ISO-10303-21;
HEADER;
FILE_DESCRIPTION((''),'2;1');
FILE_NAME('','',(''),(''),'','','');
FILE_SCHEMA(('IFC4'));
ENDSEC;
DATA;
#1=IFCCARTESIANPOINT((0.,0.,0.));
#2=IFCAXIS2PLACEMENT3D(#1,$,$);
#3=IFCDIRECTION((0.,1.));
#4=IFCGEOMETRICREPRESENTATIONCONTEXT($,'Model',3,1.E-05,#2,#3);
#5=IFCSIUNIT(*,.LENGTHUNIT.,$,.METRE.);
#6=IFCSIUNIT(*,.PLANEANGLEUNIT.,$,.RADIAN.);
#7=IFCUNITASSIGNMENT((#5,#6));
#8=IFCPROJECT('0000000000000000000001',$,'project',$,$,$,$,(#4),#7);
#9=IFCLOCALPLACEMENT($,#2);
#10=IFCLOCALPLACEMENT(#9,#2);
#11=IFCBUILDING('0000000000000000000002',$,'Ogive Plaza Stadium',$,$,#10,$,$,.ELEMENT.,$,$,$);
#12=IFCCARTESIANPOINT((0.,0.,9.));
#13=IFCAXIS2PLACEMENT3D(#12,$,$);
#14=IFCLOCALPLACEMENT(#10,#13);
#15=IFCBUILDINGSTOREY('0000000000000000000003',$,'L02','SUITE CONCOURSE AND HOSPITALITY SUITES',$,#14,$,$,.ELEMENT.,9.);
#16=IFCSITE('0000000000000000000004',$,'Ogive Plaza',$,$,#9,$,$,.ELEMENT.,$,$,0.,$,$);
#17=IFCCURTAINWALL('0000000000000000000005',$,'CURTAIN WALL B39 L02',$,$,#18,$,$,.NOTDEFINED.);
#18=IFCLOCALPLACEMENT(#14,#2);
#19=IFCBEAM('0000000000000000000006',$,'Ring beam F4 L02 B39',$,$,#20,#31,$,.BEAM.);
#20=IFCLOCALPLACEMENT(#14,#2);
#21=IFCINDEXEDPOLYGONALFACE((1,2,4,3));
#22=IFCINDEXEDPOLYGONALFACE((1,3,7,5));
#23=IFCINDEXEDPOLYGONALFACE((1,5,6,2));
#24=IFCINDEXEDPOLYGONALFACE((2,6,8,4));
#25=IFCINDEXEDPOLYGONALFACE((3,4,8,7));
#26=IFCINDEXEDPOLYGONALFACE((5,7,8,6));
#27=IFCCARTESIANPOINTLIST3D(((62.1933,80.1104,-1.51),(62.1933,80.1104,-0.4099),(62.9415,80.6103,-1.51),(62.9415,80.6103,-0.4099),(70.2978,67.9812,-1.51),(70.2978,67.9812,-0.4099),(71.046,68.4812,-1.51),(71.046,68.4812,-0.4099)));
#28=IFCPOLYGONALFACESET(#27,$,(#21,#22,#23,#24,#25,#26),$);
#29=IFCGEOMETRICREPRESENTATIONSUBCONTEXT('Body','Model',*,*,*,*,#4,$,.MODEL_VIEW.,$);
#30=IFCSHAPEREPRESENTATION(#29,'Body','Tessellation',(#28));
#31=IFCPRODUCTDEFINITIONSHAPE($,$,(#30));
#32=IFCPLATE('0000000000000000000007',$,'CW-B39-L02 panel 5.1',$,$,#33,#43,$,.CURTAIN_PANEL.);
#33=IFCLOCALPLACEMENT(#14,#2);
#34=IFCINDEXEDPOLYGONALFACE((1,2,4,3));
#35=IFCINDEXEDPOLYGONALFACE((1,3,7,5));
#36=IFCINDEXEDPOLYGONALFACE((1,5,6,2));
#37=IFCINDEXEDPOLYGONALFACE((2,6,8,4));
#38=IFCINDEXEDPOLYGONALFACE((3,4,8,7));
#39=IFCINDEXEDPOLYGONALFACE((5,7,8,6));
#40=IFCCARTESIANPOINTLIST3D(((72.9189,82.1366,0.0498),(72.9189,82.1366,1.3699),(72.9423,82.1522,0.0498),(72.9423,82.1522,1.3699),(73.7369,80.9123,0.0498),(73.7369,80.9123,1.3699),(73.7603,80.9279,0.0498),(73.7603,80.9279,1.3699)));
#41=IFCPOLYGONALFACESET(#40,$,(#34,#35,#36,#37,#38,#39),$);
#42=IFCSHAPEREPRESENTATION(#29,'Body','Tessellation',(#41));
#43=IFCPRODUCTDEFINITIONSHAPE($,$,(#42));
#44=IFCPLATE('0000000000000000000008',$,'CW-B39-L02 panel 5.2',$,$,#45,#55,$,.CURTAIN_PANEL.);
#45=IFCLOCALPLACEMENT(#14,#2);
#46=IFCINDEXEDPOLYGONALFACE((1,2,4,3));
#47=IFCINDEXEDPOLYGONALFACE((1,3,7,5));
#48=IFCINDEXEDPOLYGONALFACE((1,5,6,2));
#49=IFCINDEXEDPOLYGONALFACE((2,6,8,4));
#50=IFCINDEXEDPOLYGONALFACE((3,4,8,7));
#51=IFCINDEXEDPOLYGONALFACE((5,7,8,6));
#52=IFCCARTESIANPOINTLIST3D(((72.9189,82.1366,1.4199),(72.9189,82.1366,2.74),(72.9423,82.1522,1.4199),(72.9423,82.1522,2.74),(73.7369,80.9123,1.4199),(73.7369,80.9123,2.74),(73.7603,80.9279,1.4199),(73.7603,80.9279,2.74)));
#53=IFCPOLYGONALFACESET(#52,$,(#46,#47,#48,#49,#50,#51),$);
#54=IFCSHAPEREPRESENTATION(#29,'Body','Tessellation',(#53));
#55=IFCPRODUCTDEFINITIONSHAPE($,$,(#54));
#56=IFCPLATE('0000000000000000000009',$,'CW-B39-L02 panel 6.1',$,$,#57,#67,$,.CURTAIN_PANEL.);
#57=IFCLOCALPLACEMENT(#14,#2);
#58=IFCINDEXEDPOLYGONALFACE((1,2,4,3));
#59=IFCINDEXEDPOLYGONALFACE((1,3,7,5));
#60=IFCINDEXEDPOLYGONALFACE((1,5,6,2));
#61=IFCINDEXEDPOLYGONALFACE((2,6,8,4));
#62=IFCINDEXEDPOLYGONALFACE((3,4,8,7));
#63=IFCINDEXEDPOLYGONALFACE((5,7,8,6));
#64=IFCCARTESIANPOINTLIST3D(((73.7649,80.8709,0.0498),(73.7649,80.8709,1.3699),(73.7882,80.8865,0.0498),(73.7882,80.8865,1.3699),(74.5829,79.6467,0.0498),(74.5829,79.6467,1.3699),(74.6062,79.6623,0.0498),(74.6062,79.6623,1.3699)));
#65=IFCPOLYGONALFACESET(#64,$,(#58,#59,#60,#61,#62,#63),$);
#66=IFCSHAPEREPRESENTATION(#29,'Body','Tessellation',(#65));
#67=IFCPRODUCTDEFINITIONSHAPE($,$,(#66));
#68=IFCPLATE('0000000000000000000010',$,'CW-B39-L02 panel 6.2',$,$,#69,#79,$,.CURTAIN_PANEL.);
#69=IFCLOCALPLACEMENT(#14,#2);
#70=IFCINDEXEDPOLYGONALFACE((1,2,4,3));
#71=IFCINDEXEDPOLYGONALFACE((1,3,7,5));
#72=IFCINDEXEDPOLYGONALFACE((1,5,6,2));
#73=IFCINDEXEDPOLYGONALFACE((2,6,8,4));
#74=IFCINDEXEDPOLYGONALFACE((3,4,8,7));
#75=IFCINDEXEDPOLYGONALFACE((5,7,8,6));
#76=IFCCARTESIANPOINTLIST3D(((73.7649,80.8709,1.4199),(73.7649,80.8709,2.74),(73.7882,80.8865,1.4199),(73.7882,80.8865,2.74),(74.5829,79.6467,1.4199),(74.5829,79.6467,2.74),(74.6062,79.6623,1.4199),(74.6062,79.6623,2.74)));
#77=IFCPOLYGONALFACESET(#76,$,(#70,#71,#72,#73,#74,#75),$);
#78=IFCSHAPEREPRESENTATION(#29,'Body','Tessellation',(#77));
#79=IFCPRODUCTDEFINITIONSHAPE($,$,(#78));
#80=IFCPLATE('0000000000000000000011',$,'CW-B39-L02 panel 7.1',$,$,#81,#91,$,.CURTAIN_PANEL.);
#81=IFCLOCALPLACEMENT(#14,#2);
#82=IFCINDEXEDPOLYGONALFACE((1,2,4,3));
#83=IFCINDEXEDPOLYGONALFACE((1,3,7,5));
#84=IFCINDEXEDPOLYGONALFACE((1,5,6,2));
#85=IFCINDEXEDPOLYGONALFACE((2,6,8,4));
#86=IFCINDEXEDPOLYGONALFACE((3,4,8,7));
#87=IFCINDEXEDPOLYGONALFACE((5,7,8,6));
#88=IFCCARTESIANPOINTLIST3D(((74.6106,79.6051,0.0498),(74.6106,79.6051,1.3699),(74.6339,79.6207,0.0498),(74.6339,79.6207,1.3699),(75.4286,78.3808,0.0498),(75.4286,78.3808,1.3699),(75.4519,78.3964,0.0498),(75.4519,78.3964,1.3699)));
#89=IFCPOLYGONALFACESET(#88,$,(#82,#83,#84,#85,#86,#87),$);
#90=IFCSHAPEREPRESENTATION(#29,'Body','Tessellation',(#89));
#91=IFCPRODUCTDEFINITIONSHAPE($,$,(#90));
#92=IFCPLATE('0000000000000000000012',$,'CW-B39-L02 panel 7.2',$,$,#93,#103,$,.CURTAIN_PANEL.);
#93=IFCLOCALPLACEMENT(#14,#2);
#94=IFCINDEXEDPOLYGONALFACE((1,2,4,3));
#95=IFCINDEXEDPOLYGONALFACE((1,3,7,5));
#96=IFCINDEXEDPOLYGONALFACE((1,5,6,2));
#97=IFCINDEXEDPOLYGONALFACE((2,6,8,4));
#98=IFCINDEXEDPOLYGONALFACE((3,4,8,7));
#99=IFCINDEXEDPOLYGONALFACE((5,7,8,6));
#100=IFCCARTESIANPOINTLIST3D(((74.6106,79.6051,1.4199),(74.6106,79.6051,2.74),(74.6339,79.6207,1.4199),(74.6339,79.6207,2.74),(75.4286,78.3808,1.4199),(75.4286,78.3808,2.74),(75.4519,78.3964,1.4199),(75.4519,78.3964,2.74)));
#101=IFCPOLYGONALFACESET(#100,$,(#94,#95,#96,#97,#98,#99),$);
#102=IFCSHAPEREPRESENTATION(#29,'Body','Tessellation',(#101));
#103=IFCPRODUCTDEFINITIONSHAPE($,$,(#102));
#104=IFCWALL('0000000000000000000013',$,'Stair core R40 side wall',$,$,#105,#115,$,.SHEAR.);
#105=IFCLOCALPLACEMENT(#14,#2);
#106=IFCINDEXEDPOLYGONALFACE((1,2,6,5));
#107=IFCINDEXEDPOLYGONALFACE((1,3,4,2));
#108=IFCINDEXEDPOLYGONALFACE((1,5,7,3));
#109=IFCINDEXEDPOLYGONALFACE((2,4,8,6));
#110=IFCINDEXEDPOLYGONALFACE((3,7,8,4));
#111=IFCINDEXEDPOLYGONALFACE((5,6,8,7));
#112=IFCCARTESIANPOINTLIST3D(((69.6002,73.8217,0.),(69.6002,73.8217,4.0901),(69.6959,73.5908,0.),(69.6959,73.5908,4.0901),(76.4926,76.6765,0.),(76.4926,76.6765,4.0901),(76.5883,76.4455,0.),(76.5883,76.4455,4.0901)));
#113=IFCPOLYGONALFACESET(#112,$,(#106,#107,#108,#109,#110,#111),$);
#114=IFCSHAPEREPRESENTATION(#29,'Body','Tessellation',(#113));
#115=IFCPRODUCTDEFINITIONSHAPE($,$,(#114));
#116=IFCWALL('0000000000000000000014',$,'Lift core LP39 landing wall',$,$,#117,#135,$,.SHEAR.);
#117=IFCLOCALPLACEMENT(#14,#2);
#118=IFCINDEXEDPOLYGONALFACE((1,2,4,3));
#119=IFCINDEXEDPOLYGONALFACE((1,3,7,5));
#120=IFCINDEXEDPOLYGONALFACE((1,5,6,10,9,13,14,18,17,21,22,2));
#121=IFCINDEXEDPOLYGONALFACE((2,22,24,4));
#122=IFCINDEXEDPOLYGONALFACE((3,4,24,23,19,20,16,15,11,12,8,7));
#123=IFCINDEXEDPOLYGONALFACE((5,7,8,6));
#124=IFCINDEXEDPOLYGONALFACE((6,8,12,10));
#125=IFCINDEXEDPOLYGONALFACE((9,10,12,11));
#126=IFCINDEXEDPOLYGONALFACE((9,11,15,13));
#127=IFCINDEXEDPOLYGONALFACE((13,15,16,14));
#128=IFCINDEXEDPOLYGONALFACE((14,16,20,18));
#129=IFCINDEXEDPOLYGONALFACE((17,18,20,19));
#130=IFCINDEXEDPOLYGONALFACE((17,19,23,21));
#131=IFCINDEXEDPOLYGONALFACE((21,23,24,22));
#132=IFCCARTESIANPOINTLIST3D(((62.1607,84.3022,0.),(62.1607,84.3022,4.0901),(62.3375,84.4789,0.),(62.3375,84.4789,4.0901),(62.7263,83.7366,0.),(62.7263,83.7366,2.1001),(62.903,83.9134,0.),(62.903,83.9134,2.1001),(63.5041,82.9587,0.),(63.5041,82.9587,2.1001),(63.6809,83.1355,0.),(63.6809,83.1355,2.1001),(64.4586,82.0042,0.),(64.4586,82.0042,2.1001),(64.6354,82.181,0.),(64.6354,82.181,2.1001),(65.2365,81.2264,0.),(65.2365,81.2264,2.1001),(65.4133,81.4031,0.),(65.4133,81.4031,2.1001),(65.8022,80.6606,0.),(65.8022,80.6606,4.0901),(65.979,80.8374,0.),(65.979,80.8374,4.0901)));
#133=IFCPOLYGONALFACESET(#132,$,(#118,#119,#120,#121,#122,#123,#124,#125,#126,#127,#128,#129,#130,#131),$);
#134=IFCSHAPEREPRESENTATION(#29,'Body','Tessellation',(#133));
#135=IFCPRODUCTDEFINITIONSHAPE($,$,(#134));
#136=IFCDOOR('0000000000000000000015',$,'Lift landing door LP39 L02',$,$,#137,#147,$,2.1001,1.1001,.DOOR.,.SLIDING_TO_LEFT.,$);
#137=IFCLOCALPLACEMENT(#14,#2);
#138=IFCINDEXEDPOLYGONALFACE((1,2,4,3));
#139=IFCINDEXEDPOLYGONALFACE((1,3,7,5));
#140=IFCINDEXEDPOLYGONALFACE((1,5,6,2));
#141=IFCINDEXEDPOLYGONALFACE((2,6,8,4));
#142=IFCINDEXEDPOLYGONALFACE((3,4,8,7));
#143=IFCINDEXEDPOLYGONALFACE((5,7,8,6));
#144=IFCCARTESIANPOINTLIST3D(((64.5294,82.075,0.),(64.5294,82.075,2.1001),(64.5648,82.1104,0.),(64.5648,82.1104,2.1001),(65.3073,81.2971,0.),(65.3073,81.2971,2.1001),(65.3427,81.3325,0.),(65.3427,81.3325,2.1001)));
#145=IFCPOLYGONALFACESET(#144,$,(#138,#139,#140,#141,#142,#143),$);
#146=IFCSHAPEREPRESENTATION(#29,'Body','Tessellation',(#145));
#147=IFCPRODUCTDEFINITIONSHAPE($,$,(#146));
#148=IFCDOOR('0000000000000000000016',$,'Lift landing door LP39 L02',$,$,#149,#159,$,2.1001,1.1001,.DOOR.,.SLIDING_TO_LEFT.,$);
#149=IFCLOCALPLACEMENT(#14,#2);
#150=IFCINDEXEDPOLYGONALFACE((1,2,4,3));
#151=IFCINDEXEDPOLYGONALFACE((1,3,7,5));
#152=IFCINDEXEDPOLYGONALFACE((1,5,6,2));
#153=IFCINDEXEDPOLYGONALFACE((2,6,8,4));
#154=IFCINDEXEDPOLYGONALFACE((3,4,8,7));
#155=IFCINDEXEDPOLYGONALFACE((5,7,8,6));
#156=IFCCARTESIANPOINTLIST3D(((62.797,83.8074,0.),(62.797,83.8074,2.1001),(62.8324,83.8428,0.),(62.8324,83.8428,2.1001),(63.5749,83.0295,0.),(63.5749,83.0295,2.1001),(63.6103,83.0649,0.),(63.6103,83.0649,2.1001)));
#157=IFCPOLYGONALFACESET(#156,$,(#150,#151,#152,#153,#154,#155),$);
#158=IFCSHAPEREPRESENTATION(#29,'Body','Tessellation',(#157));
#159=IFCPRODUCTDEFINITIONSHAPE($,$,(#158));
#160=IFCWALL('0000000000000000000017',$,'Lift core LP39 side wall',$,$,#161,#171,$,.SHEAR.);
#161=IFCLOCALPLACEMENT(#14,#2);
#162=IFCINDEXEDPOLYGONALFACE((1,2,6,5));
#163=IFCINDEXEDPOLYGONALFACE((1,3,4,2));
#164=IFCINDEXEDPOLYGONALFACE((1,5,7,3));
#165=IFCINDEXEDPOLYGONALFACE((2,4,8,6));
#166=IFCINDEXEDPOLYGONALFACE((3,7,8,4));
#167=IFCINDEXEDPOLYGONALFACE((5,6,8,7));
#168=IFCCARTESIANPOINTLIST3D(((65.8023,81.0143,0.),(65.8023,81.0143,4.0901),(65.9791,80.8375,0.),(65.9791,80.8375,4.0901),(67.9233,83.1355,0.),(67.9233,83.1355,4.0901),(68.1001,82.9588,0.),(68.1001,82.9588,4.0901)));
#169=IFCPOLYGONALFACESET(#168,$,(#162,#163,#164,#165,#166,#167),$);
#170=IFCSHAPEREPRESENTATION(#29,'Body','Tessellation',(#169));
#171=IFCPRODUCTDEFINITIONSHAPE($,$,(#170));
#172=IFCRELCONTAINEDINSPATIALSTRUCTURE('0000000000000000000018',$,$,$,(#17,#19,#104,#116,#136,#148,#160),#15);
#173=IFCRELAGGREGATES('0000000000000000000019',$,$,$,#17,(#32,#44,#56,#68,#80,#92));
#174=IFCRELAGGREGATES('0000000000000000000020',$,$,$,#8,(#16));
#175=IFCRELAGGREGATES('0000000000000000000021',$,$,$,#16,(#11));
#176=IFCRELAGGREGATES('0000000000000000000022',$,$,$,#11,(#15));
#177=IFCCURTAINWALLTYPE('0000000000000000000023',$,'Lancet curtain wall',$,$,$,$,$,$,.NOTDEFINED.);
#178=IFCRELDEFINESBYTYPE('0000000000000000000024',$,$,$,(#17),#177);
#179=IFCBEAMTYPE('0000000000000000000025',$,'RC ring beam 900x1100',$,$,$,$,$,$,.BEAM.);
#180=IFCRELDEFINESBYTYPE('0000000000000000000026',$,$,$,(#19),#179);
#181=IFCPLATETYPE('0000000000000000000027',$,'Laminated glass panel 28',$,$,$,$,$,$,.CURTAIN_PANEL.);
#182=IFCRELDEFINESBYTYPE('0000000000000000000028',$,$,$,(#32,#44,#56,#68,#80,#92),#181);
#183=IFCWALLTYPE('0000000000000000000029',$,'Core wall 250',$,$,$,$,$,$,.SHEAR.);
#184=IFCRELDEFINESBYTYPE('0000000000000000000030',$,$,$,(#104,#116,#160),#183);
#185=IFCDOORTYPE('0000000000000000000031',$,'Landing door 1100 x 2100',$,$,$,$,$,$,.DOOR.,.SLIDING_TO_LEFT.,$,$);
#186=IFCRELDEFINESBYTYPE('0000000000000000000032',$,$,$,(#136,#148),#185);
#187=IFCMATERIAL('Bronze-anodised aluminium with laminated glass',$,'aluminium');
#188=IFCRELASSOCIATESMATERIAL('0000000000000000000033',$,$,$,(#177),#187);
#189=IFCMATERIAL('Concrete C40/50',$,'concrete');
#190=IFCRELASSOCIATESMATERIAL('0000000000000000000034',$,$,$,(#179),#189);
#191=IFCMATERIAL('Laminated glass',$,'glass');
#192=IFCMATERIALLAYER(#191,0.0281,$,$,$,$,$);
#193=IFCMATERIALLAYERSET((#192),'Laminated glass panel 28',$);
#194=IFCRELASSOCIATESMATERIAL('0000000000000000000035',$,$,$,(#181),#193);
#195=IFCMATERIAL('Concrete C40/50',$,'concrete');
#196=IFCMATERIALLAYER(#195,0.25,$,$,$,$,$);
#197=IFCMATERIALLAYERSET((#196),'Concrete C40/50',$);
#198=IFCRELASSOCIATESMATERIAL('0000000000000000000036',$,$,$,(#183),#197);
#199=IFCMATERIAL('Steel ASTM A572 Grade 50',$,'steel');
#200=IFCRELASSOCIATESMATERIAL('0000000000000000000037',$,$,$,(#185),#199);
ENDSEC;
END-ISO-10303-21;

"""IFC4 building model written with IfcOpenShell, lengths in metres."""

from ifc_helpers import new_model, si_unit, direction, frame, frame_2d, origin, origin_2d, place, context, subcontext, project, spatial, rectangle, extrude, material, layer, layer_set, material_profile, profile_set, type_object, element, fill, aggregate, save


model = new_model("IFC4")

# Units and contexts
model_context = context("Model", 3, precision=1e-05, world=origin(), true_north=direction((0.0, 1.0)))
body_context = subcontext(model_context, "Body", "Model", "MODEL_VIEW")
ifc_project = project(units=[si_unit("LENGTHUNIT", "METRE"), si_unit("PLANEANGLEUNIT", "RADIAN")], contexts=[model_context])

# Site, building, storey
site_placement = place(None, origin())
site = spatial("IfcSite", under=ifc_project, at=site_placement, Name="Ogive Plaza", CompositionType="ELEMENT", RefElevation=0.0)
building_placement = place(site_placement, origin())
building = spatial("IfcBuilding", under=site, at=building_placement, Name="Ogive Plaza Stadium", CompositionType="ELEMENT")
storey_placement = place(building_placement, frame((0.0, 0.0, 9.0)))
storey = spatial("IfcBuildingStorey", under=building, at=storey_placement, Name="L02", Description="SUITE CONCOURSE AND HOSPITALITY SUITES", CompositionType="ELEMENT", Elevation=9.0)

# Curtain wall
ifc_material_1 = material(Name="Bronze-anodised aluminium with laminated glass", Category="aluminium")
curtain_wall_type = type_object("IfcCurtainWallType", Name="Lancet curtain wall", PredefinedType="NOTDEFINED", material=ifc_material_1)
curtain_wall_placement = place(storey_placement, origin())
curtain_wall = element("IfcCurtainWall", 1, at=curtain_wall_placement, inside=storey, type_object=curtain_wall_type, Name="CURTAIN WALL B39 L02", PredefinedType="NOTDEFINED")

# Beam
ifc_material_2 = material(Name="Concrete C40/50", Category="concrete")
ifc_material_profile_1 = material_profile(ifc_material_2, rectangle(XDim=0.8999, YDim=1.1001, at=origin_2d()), Name="RC 900x1100")
ifc_profile_set_1 = profile_set([ifc_material_profile_1], Name="Concrete C40/50")
beam_type = type_object("IfcBeamType", Name="RC ring beam 900x1100", PredefinedType="BEAM", material=ifc_profile_set_1)
beam_placement = place(storey_placement, frame((62.5674, 80.3604, -0.96), z_axis=(0.555573, -0.831468, 0.0), x_axis=(0.831468, 0.555573, 0.0)))
element("IfcBeam", 2, at=beam_placement, inside=storey, type_object=beam_type, Name="Ring beam F4 L02 B39", PredefinedType="BEAM", context=body_context, shape_type="SweptSolid", body=[
    extrude(rectangle(XDim=0.8999, YDim=1.1001, at=origin_2d()), origin(), (0.0, 0.0, 1.0), 14.5876),
])

# Plates
ifc_material_3 = material(Name="Laminated glass", Category="glass")
ifc_layer_1 = layer(ifc_material_3, 0.0281)
ifc_layer_set_1 = layer_set([ifc_layer_1], Name="Laminated glass panel 28")
plate_type = type_object("IfcPlateType", Name="Laminated glass panel 28", PredefinedType="CURTAIN_PANEL", material=ifc_layer_set_1)
plate_1_placement = place(storey_placement, frame((73.3396, 81.5322, 0.0498), z_axis=(0.0, 0.0, 1.0), x_axis=(0.55557, -0.83147, 0.0)))
plate_1 = element("IfcPlate", 3, at=plate_1_placement, type_object=plate_type, Name="CW-B39-L02 panel 5.1", PredefinedType="CURTAIN_PANEL", context=body_context, shape_type="SweptSolid", body=[
    extrude(rectangle(XDim=1.4724, YDim=0.0281, at=origin_2d()), origin(), (0.0, 0.0, 1.0), 1.3201),
])
plate_2_placement = place(storey_placement, frame((73.3396, 81.5322, 1.4199), z_axis=(0.0, 0.0, 1.0), x_axis=(0.55557, -0.83147, 0.0)))
plate_2 = element("IfcPlate", 4, at=plate_2_placement, type_object=plate_type, Name="CW-B39-L02 panel 5.2", PredefinedType="CURTAIN_PANEL", context=body_context, shape_type="SweptSolid", body=[
    extrude(rectangle(XDim=1.4724, YDim=0.0281, at=origin_2d()), origin(), (0.0, 0.0, 1.0), 1.3201),
])
plate_3_placement = place(storey_placement, frame((74.1855, 80.2666, 0.0498), z_axis=(0.0, 0.0, 1.0), x_axis=(0.55557, -0.83147, 0.0)))
plate_3 = element("IfcPlate", 5, at=plate_3_placement, type_object=plate_type, Name="CW-B39-L02 panel 6.1", PredefinedType="CURTAIN_PANEL", context=body_context, shape_type="SweptSolid", body=[
    extrude(rectangle(XDim=1.4724, YDim=0.0281, at=origin_2d()), origin(), (0.0, 0.0, 1.0), 1.3201),
])
plate_4_placement = place(storey_placement, frame((74.1855, 80.2666, 1.4199), z_axis=(0.0, 0.0, 1.0), x_axis=(0.55557, -0.83147, 0.0)))
plate_4 = element("IfcPlate", 6, at=plate_4_placement, type_object=plate_type, Name="CW-B39-L02 panel 6.2", PredefinedType="CURTAIN_PANEL", context=body_context, shape_type="SweptSolid", body=[
    extrude(rectangle(XDim=1.4724, YDim=0.0281, at=origin_2d()), origin(), (0.0, 0.0, 1.0), 1.3201),
])
plate_5_placement = place(storey_placement, frame((75.0312, 79.0007, 0.0498), z_axis=(0.0, 0.0, 1.0), x_axis=(0.55557, -0.83147, 0.0)))
plate_5 = element("IfcPlate", 7, at=plate_5_placement, type_object=plate_type, Name="CW-B39-L02 panel 7.1", PredefinedType="CURTAIN_PANEL", context=body_context, shape_type="SweptSolid", body=[
    extrude(rectangle(XDim=1.4724, YDim=0.0281, at=origin_2d()), origin(), (0.0, 0.0, 1.0), 1.3201),
])
plate_6_placement = place(storey_placement, frame((75.0312, 79.0007, 1.4199), z_axis=(0.0, 0.0, 1.0), x_axis=(0.55557, -0.83147, 0.0)))
plate_6 = element("IfcPlate", 8, at=plate_6_placement, type_object=plate_type, Name="CW-B39-L02 panel 7.2", PredefinedType="CURTAIN_PANEL", context=body_context, shape_type="SweptSolid", body=[
    extrude(rectangle(XDim=1.4724, YDim=0.0281, at=origin_2d()), origin(), (0.0, 0.0, 1.0), 1.3201),
])
aggregate(curtain_wall, [plate_1, plate_2, plate_3, plate_4, plate_5, plate_6])

# Wall
ifc_material_4 = material(Name="Concrete C40/50", Category="concrete")
ifc_layer_2 = layer(ifc_material_4, 0.25)
ifc_layer_set_2 = layer_set([ifc_layer_2], Name="Concrete C40/50")
wall_type = type_object("IfcWallType", Name="Core wall 250", PredefinedType="SHEAR", material=ifc_layer_set_2)
wall_1_placement = place(storey_placement, frame((69.6482, 73.7063, 0.0), z_axis=(0.0, 0.0, 1.0), x_axis=(0.923887, 0.382665, 0.0)))
element("IfcWall", 9, at=wall_1_placement, inside=storey, type_object=wall_type, Name="Stair core R40 side wall", PredefinedType="SHEAR", context=body_context, shape_type="SweptSolid", body=[
    extrude(rectangle(XDim=7.4602, YDim=0.25, at=frame_2d((3.73, 0.0))), origin(), (0.0, 0.0, 1.0), 4.0901),
])

# Wall, openings, doors
wall_2_placement = place(storey_placement, frame((65.8906, 80.749, 0.0), z_axis=(0.0, 0.0, 1.0), x_axis=(-0.707107, 0.707107, 0.0)))
wall_2 = element("IfcWall", 10, at=wall_2_placement, inside=storey, type_object=wall_type, Name="Lift core LP39 landing wall", PredefinedType="SHEAR", context=body_context, shape_type="SweptSolid", body=[
    extrude(rectangle(XDim=5.1499, YDim=0.25, at=frame_2d((2.575, 0.0))), origin(), (0.0, 0.0, 1.0), 4.0901),
])
opening_1_placement = place(wall_2_placement, frame((0.8, 0.0, 0.0)))
opening_1 = element("IfcOpeningElement", 11, at=opening_1_placement, cuts=wall_2, PredefinedType="OPENING", context=body_context, shape_type="SweptSolid", body=[
    extrude(rectangle(XDim=1.1001, YDim=2.1001, at=frame_2d((0.55, 1.05))), frame((0.0, 0.125, 0.0), z_axis=(0.0, -1.0, 0.0), x_axis=(1.0, 0.0, 0.0)), (0.0, 0.0, 1.0), 0.25),
])
opening_2_placement = place(wall_2_placement, frame((3.25, 0.0, 0.0)))
opening_2 = element("IfcOpeningElement", 12, at=opening_2_placement, cuts=wall_2, PredefinedType="OPENING", context=body_context, shape_type="SweptSolid", body=[
    extrude(rectangle(XDim=1.1001, YDim=2.1001, at=frame_2d((0.55, 1.05))), frame((0.0, 0.125, 0.0), z_axis=(0.0, -1.0, 0.0), x_axis=(1.0, 0.0, 0.0)), (0.0, 0.0, 1.0), 0.25),
])
ifc_material_5 = material(Name="Steel ASTM A572 Grade 50", Category="steel")
door_type = type_object("IfcDoorType", Name="Landing door 1100 x 2100", OperationType="SLIDING_TO_LEFT", PredefinedType="DOOR", material=ifc_material_5)
door_1_placement = place(opening_1_placement, origin())
door_1 = element("IfcDoor", 13, at=door_1_placement, inside=storey, type_object=door_type, Name="Lift landing door LP39 L02", OperationType="SLIDING_TO_LEFT", OverallHeight=2.1001, OverallWidth=1.1001, PredefinedType="DOOR", context=body_context, shape_type="SweptSolid", body=[
    extrude(rectangle(XDim=1.1001, YDim=2.1001, at=frame_2d((0.55, 1.05))), frame((0.0, 0.0249, 0.0), z_axis=(0.0, -1.0, 0.0), x_axis=(1.0, 0.0, 0.0)), (0.0, 0.0, 1.0), 0.05),
])
fill(opening_1, door_1)
door_2_placement = place(opening_2_placement, origin())
door_2 = element("IfcDoor", 14, at=door_2_placement, inside=storey, type_object=door_type, Name="Lift landing door LP39 L02", OperationType="SLIDING_TO_LEFT", OverallHeight=2.1001, OverallWidth=1.1001, PredefinedType="DOOR", context=body_context, shape_type="SweptSolid", body=[
    extrude(rectangle(XDim=1.1001, YDim=2.1001, at=frame_2d((0.55, 1.05))), frame((0.0, 0.0249, 0.0), z_axis=(0.0, -1.0, 0.0), x_axis=(1.0, 0.0, 0.0)), (0.0, 0.0, 1.0), 0.05),
])
fill(opening_2, door_2)

# Wall
wall_3_placement = place(storey_placement, frame((65.8906, 80.9258, 0.0), z_axis=(0.0, 0.0, 1.0), x_axis=(0.707066, 0.707147, 0.0)))
element("IfcWall", 15, at=wall_3_placement, inside=storey, type_object=wall_type, Name="Lift core LP39 side wall", PredefinedType="SHEAR", context=body_context, shape_type="SweptSolid", body=[
    extrude(rectangle(XDim=2.9998, YDim=0.25, at=frame_2d((1.5, 0.0))), origin(), (0.0, 0.0, 1.0), 4.0901),
])

save(model, "model.ifc")
